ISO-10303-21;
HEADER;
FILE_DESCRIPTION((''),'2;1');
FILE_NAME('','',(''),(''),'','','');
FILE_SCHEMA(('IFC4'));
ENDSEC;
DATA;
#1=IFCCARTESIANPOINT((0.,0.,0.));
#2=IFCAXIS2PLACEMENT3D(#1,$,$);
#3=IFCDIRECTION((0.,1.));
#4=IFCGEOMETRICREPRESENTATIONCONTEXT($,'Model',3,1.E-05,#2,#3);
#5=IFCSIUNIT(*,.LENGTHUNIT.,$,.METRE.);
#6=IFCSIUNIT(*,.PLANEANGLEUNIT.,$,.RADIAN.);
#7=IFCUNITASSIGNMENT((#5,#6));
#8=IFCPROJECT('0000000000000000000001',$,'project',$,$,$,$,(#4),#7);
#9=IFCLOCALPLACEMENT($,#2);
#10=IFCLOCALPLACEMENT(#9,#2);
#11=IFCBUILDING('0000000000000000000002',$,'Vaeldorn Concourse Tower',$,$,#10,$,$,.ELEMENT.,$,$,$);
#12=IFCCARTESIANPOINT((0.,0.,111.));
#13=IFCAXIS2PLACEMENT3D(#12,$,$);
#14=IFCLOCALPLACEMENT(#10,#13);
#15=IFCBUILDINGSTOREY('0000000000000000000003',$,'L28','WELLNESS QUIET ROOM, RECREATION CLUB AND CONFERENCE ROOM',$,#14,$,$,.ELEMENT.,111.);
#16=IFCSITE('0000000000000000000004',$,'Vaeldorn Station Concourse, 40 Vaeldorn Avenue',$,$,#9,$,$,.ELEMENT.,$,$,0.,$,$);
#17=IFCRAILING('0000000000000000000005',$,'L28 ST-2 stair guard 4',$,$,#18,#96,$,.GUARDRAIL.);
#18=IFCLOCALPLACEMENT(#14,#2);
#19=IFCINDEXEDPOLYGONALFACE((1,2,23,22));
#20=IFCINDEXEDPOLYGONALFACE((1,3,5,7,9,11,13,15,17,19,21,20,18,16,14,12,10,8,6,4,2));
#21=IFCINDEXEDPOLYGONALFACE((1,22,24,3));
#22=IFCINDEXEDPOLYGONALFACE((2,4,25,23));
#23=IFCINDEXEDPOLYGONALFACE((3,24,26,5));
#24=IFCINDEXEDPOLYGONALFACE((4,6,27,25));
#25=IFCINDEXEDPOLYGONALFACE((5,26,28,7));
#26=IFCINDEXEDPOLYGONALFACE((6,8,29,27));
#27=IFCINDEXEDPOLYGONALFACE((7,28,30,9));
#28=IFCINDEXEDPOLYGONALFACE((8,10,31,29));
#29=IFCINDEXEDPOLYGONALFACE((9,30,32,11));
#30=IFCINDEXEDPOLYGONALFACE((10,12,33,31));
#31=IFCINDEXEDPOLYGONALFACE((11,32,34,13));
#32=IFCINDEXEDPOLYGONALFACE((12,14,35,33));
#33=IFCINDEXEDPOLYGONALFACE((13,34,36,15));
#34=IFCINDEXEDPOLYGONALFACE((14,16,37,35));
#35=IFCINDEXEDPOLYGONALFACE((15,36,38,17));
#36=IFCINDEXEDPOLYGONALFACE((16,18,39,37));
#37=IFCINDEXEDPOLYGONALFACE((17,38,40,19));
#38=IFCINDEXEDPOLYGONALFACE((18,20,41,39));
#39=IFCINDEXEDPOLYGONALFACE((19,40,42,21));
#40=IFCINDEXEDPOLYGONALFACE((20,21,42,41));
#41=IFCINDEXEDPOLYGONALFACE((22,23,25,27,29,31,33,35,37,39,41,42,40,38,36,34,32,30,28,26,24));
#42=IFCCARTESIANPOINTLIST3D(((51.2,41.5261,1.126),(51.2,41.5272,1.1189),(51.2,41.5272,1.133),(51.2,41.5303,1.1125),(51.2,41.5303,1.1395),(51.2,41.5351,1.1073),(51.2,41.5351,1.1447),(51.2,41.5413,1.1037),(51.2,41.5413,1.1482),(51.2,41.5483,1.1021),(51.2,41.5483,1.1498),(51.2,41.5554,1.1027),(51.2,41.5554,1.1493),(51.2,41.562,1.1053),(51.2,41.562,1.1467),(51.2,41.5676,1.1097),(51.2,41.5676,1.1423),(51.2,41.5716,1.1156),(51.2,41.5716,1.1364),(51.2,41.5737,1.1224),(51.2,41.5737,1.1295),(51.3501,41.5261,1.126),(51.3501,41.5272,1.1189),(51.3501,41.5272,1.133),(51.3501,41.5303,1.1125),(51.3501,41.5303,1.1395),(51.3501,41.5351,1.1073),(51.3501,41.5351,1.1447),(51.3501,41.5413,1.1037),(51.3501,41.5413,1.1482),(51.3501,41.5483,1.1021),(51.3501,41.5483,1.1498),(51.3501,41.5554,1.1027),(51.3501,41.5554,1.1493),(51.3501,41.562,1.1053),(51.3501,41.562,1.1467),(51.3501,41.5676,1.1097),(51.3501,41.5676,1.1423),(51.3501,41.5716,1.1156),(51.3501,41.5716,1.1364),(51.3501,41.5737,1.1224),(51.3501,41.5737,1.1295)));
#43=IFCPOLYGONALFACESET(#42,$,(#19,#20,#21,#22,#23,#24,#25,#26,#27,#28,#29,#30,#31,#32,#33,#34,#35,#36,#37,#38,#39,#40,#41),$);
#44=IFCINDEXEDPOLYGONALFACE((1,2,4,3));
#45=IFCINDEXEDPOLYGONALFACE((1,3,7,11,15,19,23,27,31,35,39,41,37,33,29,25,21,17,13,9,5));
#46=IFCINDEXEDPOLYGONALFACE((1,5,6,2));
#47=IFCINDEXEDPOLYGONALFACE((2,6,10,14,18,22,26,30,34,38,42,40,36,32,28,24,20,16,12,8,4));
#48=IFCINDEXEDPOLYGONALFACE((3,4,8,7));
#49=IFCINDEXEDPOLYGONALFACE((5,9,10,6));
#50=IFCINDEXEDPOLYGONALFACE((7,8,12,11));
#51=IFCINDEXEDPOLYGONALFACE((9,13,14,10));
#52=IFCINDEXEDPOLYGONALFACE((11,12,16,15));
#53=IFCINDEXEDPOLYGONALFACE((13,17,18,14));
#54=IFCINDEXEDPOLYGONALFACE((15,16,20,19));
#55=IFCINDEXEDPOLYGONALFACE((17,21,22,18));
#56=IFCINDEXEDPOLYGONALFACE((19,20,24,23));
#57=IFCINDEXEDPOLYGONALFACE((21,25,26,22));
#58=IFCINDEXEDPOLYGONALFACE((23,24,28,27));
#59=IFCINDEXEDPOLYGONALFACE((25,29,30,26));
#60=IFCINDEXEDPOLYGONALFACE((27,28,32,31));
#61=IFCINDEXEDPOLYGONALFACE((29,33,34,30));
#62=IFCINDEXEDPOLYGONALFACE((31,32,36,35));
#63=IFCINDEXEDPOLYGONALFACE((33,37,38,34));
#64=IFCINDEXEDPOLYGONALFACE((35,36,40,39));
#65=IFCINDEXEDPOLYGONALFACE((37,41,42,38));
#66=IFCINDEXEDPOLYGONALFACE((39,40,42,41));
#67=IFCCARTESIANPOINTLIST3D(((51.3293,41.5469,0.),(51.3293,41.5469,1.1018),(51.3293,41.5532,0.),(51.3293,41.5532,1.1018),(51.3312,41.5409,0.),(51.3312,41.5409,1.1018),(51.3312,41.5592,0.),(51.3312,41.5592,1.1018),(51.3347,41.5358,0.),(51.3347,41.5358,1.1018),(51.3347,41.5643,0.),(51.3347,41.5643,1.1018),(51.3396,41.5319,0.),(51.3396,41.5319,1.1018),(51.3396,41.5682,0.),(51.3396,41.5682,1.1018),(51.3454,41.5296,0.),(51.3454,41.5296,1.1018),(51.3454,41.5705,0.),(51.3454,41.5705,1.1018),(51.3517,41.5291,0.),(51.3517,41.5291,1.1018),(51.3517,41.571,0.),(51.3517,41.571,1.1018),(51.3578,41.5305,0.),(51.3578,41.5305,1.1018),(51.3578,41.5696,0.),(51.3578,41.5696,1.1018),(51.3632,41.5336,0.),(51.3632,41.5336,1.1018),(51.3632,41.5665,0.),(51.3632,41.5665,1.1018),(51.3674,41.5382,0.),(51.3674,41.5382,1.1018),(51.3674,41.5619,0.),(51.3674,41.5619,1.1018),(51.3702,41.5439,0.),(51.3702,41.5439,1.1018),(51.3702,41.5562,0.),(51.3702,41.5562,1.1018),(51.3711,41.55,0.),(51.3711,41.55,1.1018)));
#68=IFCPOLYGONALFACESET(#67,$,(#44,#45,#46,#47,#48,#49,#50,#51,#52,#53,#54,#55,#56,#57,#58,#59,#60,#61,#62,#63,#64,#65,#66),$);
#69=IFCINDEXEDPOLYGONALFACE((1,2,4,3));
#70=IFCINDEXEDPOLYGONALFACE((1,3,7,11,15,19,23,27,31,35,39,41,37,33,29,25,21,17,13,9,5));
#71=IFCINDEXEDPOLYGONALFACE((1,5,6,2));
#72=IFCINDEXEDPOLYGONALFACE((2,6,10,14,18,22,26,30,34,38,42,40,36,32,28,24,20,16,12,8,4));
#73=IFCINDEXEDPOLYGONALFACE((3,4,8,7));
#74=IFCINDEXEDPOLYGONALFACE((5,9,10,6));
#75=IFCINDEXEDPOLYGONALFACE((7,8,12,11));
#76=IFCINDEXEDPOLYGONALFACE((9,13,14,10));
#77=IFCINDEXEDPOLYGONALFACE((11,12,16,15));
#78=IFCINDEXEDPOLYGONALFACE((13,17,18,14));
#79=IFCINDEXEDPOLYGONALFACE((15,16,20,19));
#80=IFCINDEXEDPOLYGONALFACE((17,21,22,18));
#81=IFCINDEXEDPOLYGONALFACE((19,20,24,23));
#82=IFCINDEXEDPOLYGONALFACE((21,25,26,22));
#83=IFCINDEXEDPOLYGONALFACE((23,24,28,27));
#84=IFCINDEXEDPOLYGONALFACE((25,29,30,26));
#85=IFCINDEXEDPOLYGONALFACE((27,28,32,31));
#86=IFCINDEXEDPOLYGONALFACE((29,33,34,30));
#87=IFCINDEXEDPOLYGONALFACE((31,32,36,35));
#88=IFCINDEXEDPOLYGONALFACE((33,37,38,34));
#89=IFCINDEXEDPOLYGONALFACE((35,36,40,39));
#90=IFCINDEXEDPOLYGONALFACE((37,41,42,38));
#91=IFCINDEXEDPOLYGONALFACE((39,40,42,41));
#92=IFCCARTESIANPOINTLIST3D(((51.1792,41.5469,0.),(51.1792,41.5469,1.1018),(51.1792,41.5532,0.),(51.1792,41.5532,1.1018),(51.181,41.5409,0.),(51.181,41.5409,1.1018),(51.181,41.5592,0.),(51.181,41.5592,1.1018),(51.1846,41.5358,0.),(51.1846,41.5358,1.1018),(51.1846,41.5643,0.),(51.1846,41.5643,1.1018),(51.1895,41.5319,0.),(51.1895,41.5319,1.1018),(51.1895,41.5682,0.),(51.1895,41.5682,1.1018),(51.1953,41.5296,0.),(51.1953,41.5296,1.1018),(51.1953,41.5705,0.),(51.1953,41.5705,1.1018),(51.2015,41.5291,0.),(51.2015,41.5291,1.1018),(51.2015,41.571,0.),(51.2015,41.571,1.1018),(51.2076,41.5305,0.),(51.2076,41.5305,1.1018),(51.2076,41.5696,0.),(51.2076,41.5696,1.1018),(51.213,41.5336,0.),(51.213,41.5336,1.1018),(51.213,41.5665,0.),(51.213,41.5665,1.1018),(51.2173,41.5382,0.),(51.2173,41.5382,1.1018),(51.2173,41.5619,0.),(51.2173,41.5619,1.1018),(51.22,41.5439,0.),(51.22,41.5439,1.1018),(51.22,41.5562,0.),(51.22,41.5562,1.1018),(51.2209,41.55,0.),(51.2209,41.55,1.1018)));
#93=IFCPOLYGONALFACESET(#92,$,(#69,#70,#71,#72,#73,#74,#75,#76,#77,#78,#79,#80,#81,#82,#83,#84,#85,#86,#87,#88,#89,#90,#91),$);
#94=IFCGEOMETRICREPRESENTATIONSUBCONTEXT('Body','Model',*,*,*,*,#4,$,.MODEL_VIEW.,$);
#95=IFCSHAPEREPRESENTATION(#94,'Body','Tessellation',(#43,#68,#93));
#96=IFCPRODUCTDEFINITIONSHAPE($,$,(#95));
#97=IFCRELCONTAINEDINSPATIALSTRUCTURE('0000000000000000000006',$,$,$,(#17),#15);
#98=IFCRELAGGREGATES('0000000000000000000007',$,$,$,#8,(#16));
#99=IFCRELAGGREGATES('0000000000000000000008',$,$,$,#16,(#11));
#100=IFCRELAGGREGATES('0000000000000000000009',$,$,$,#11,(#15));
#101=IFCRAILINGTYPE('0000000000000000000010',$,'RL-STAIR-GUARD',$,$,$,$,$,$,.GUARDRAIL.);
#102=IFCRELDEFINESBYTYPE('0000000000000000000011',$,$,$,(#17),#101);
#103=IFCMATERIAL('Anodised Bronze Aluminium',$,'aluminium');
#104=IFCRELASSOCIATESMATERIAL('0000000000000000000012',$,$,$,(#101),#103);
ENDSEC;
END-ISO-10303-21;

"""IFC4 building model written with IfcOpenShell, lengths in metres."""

from ifc_helpers import new_model, si_unit, direction, frame, origin, origin_2d, place, context, subcontext, project, spatial, circle, extrude, material, type_object, element, save


model = new_model("IFC4")

# Units and contexts
model_context = context("Model", 3, precision=1e-05, world=origin(), true_north=direction((0.0, 1.0)))
body_context = subcontext(model_context, "Body", "Model", "MODEL_VIEW")
ifc_project = project(units=[si_unit("LENGTHUNIT", "METRE"), si_unit("PLANEANGLEUNIT", "RADIAN")], contexts=[model_context])

# Site, building, storey
site_placement = place(None, origin())
site = spatial("IfcSite", under=ifc_project, at=site_placement, Name="Vaeldorn Station Concourse, 40 Vaeldorn Avenue", CompositionType="ELEMENT", RefElevation=0.0)
building_placement = place(site_placement, origin())
building = spatial("IfcBuilding", under=site, at=building_placement, Name="Vaeldorn Concourse Tower", CompositionType="ELEMENT")
storey_placement = place(building_placement, frame((0.0, 0.0, 111.0)))
storey = spatial("IfcBuildingStorey", under=building, at=storey_placement, Name="L28", Description="WELLNESS QUIET ROOM, RECREATION CLUB AND CONFERENCE ROOM", CompositionType="ELEMENT", Elevation=111.0)

# Shared definitions
ifc_material_1 = material(Name="Anodised Bronze Aluminium", Category="aluminium")

# Railing
railing_type_1 = type_object("IfcRailingType", Name="RL-STAIR-GUARD", PredefinedType="GUARDRAIL", material=ifc_material_1)
railing_1_placement = place(storey_placement, frame((51.3501, 41.55, 0.0)))
element("IfcRailing", 1, at=railing_1_placement, inside=storey, type_object=railing_type_1, Name="L28 ST-2 stair guard 4", PredefinedType="GUARDRAIL", context=body_context, shape_type="SweptSolid", body=[
    extrude(circle(Radius=0.0239, at=origin_2d()), frame((0.0, 0.0, 1.126), z_axis=(-1.0, 0.0, 0.0), x_axis=(0.0, -1.0, 0.0)), (0.0, 0.0, 1.0), 0.1501),
    extrude(circle(Radius=0.021, at=origin_2d()), origin(), (0.0, 0.0, 1.0), 1.1018),
    extrude(circle(Radius=0.021, at=origin_2d()), frame((-0.1501, 0.0, 0.0)), (0.0, 0.0, 1.0), 1.1018),
])

save(model, "model.ifc")
